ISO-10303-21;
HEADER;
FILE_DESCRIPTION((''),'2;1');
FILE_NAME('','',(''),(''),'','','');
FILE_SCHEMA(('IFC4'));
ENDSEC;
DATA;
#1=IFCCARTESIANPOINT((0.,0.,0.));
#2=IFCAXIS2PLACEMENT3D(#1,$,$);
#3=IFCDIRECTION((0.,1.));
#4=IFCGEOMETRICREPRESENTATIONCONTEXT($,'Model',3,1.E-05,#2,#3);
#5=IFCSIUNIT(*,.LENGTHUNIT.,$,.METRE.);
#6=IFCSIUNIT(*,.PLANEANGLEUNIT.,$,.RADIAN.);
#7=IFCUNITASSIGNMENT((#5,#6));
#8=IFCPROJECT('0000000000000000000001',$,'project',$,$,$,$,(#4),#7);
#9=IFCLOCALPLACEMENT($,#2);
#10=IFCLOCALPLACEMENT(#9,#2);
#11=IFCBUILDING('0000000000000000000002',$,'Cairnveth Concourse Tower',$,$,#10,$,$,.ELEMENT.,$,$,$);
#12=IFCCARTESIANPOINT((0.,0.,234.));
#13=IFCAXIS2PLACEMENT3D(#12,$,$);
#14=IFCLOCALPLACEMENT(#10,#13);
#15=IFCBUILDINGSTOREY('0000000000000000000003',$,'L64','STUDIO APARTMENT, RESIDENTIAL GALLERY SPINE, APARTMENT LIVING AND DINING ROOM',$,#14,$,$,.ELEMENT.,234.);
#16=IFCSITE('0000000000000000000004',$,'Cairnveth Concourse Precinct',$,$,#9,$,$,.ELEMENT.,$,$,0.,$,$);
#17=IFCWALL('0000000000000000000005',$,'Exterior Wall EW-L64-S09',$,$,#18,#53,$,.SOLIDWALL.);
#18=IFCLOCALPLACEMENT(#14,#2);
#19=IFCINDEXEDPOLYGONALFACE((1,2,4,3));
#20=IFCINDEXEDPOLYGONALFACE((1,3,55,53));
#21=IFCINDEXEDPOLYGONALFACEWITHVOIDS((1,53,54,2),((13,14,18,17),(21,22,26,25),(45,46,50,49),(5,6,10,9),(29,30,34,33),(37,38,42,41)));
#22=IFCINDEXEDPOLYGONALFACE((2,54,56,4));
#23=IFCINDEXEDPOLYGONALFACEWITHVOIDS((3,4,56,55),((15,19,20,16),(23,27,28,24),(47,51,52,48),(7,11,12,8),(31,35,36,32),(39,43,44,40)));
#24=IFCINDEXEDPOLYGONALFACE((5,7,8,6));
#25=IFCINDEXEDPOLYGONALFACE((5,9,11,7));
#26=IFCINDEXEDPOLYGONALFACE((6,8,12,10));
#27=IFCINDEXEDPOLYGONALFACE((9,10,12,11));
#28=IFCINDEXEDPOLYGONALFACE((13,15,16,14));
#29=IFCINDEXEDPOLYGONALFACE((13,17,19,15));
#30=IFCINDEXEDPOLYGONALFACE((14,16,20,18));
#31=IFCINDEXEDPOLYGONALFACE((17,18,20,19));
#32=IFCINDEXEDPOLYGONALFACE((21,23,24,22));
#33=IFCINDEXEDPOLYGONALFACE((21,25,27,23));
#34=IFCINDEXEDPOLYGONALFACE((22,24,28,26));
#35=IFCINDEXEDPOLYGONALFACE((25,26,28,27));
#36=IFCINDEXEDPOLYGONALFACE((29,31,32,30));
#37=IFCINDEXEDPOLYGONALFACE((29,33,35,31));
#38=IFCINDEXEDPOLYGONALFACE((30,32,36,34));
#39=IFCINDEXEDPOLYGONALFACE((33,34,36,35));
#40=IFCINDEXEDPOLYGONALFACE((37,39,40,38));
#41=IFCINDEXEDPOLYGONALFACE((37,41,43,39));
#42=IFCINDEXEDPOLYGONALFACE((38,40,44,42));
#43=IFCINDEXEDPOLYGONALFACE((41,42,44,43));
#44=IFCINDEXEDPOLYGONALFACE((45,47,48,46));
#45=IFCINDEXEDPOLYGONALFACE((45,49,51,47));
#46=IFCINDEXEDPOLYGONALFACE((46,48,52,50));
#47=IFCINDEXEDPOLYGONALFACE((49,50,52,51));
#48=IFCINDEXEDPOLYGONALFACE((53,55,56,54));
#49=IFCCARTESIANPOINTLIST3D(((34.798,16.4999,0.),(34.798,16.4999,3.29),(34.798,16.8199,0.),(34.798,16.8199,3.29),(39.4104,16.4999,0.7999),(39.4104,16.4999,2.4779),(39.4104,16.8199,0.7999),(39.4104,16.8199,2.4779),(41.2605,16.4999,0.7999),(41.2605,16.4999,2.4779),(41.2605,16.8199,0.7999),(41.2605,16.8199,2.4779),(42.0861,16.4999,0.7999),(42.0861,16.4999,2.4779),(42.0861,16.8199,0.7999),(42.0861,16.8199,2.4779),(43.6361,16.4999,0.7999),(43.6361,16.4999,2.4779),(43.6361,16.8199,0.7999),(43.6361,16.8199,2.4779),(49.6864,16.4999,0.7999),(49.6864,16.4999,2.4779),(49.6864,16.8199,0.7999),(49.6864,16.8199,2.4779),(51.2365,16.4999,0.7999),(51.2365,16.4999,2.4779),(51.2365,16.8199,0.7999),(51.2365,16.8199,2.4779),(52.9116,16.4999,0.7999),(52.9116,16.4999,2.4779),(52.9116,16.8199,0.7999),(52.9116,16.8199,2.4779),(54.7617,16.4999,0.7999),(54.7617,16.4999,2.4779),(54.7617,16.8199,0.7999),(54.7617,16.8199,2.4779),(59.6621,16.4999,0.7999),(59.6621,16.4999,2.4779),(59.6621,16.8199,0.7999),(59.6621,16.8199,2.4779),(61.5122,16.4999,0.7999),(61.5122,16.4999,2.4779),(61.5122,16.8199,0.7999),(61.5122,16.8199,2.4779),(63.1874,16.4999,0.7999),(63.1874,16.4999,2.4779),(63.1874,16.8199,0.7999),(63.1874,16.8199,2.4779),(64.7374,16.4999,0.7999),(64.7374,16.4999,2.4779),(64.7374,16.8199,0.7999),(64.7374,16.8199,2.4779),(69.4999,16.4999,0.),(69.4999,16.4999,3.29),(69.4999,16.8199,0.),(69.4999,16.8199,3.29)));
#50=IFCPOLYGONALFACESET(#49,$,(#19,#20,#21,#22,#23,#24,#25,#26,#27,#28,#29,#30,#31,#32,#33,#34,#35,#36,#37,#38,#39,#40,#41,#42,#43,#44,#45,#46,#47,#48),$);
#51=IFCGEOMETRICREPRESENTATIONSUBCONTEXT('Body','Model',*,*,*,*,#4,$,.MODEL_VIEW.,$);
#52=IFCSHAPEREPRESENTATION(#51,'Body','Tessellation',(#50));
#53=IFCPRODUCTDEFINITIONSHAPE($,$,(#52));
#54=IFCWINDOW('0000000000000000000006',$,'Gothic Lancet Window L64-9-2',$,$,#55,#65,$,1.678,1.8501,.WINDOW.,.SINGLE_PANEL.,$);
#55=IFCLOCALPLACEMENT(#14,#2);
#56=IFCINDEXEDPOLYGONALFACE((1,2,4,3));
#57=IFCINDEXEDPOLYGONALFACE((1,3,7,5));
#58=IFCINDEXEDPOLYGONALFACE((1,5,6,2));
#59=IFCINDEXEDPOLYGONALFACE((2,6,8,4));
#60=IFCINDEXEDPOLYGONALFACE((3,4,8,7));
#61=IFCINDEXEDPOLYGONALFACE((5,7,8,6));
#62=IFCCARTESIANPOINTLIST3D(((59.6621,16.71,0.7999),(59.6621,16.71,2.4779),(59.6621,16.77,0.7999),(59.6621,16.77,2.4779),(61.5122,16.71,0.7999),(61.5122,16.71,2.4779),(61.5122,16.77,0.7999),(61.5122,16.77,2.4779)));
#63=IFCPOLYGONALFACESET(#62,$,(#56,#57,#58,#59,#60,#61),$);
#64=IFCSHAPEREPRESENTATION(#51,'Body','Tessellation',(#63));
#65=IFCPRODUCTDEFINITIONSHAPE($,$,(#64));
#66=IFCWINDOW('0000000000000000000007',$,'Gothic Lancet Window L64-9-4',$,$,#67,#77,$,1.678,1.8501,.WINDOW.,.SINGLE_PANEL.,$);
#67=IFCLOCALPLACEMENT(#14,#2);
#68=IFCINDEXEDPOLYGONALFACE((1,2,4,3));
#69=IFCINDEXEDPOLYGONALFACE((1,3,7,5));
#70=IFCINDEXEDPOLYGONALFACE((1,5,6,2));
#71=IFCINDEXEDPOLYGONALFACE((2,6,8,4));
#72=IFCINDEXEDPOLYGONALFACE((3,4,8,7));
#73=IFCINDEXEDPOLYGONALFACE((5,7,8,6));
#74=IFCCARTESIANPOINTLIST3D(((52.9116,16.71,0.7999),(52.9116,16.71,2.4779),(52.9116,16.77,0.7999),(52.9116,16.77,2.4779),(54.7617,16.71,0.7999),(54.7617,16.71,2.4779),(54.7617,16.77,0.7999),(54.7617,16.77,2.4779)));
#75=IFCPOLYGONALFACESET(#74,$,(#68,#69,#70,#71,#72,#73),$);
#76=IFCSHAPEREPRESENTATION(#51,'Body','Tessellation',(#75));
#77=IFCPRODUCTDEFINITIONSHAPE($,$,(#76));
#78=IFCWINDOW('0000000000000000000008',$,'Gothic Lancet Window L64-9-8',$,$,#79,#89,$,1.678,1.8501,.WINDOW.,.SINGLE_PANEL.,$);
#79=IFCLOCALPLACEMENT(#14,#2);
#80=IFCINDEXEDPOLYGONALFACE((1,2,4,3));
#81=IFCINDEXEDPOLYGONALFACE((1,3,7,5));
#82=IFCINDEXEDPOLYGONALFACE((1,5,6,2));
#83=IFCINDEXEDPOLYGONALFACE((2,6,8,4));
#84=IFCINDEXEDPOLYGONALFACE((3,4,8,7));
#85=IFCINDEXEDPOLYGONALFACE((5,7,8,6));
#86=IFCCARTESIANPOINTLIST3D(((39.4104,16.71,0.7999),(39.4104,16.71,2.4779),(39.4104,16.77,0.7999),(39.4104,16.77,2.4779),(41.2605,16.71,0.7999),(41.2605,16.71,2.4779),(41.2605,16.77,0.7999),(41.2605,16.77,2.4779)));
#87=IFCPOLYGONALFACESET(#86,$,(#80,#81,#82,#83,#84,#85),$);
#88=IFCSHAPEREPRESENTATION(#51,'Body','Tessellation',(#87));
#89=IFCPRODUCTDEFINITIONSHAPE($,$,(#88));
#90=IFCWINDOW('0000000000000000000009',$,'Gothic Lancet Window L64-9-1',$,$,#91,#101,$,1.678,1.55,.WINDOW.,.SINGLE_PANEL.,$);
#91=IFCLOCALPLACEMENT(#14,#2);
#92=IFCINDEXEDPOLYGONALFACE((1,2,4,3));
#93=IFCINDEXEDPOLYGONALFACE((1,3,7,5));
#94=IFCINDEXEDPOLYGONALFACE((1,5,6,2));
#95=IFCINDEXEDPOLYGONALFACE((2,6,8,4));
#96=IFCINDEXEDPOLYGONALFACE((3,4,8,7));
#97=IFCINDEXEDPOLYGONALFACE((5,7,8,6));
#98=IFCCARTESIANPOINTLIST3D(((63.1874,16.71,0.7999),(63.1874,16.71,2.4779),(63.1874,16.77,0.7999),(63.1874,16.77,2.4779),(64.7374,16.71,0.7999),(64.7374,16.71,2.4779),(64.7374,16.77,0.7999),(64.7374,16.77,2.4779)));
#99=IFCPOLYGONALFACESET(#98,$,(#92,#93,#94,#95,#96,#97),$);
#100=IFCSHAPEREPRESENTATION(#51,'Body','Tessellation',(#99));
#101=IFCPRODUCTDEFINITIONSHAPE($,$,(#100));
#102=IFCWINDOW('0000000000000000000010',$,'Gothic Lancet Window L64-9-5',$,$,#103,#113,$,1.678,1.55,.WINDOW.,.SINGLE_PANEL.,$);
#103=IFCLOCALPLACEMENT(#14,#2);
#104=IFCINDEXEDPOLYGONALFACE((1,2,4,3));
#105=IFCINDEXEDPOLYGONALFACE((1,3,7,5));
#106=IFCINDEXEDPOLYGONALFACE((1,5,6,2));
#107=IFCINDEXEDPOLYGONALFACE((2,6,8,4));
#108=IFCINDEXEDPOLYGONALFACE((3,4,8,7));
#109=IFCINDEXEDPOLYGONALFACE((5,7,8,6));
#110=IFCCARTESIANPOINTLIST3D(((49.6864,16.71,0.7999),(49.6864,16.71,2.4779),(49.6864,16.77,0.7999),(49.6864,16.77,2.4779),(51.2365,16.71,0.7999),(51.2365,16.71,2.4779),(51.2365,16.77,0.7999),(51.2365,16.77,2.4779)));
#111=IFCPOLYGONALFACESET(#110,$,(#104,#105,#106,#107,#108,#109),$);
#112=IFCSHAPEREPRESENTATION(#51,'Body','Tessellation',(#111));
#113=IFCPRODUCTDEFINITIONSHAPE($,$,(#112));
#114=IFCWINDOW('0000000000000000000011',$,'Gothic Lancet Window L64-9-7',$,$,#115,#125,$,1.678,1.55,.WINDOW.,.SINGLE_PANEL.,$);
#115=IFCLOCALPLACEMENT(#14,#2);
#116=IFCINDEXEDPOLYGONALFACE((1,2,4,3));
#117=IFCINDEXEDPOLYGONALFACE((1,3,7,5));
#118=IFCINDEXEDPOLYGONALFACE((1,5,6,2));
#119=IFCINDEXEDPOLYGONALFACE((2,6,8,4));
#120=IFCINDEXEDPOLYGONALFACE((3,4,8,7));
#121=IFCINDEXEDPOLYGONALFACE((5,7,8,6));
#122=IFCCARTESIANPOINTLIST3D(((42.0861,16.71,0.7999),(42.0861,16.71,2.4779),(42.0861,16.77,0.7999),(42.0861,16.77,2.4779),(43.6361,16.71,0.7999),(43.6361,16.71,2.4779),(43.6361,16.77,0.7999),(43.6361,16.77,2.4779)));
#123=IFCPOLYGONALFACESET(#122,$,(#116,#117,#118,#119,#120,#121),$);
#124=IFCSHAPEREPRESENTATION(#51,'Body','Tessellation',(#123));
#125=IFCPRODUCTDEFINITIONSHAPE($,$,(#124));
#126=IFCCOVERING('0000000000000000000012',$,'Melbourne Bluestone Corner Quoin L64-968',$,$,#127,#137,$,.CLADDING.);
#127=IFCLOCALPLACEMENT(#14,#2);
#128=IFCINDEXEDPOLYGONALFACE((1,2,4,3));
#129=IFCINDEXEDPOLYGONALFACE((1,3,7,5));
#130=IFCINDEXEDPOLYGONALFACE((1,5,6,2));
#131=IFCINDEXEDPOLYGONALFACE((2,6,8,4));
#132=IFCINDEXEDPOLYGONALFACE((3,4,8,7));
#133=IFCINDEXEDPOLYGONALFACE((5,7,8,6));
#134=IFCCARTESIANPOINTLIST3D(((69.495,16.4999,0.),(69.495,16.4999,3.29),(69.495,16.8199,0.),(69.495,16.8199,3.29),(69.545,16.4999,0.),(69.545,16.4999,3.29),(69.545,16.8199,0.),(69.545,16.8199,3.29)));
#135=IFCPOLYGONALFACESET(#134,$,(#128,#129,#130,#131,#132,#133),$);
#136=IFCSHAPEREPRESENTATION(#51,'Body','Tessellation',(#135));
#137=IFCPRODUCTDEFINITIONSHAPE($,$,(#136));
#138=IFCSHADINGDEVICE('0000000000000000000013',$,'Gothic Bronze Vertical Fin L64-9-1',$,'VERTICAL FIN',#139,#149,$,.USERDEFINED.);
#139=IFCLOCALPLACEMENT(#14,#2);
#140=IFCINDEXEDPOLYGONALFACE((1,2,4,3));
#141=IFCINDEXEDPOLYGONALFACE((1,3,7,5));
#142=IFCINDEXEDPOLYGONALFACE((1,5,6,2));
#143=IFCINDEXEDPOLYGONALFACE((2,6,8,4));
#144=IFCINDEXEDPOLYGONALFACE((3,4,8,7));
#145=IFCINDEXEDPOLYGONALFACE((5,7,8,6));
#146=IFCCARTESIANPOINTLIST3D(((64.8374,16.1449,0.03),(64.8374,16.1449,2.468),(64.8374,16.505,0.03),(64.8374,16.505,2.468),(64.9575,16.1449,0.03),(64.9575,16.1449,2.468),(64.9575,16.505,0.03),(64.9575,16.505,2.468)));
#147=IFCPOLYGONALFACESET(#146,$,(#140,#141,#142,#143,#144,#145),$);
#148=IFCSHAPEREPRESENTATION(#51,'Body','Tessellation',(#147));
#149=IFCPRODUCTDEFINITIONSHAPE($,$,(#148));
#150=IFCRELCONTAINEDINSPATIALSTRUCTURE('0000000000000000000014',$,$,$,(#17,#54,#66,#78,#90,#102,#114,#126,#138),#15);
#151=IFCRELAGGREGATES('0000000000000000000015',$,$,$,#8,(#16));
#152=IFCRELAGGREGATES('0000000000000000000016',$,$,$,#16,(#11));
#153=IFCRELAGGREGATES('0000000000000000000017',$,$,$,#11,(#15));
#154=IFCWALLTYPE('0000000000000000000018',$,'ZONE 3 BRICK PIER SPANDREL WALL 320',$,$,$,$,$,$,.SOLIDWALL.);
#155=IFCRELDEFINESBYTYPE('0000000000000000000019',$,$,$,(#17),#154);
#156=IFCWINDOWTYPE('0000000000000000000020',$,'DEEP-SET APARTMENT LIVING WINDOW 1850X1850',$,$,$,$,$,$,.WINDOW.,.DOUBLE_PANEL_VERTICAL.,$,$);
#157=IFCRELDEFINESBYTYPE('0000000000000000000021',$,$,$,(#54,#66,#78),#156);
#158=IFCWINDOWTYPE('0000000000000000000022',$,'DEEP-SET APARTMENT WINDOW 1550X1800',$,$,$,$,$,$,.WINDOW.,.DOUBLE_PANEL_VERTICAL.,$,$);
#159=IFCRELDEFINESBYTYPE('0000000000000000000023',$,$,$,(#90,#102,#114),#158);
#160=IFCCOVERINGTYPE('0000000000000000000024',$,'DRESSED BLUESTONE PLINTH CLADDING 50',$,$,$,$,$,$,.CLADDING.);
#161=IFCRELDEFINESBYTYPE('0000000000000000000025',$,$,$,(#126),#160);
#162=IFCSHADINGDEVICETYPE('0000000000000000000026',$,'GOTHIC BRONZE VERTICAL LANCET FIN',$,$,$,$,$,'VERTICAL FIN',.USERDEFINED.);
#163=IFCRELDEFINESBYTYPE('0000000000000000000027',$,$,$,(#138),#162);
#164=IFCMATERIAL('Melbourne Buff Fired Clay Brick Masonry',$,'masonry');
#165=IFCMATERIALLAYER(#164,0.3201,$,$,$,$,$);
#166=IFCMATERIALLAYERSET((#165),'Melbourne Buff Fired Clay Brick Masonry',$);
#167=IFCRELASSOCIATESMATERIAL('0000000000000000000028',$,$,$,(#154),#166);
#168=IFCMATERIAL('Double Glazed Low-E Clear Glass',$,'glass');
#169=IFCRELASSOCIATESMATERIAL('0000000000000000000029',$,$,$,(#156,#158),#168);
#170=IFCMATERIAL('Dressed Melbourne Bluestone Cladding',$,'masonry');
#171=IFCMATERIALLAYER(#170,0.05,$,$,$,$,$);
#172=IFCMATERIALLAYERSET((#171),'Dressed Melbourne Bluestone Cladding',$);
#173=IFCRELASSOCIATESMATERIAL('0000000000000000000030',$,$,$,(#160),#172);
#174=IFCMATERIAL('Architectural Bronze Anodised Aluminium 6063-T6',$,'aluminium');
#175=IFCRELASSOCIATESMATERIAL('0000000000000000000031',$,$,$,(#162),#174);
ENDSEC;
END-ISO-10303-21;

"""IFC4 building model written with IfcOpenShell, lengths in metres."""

from ifc_helpers import new_model, si_unit, direction, frame, frame_2d, origin, origin_2d, place, context, subcontext, project, spatial, rectangle, extrude, material, layer, layer_set, type_object, element, fill, save


model = new_model("IFC4")

# Units and contexts
model_context = context("Model", 3, precision=1e-05, world=origin(), true_north=direction((0.0, 1.0)))
body_context = subcontext(model_context, "Body", "Model", "MODEL_VIEW")
ifc_project = project(units=[si_unit("LENGTHUNIT", "METRE"), si_unit("PLANEANGLEUNIT", "RADIAN")], contexts=[model_context])

# Site, building, storey
site_placement = place(None, origin())
site = spatial("IfcSite", under=ifc_project, at=site_placement, Name="Cairnveth Concourse Precinct", CompositionType="ELEMENT", RefElevation=0.0)
building_placement = place(site_placement, origin())
building = spatial("IfcBuilding", under=site, at=building_placement, Name="Cairnveth Concourse Tower", CompositionType="ELEMENT")
storey_placement = place(building_placement, frame((0.0, 0.0, 234.0)))
storey = spatial("IfcBuildingStorey", under=building, at=storey_placement, Name="L64", Description="STUDIO APARTMENT, RESIDENTIAL GALLERY SPINE, APARTMENT LIVING AND DINING ROOM", CompositionType="ELEMENT", Elevation=234.0)

# Shared definitions
ifc_material_1 = material(Name="Melbourne Buff Fired Clay Brick Masonry", Category="masonry")
ifc_layer_1 = layer(ifc_material_1, 0.3201)
ifc_layer_set_1 = layer_set([ifc_layer_1], Name="Melbourne Buff Fired Clay Brick Masonry")
wall_type_1 = type_object("IfcWallType", Name="ZONE 3 BRICK PIER SPANDREL WALL 320", PredefinedType="SOLIDWALL", material=ifc_layer_set_1)
ifc_material_2 = material(Name="Double Glazed Low-E Clear Glass", Category="glass")

# Wall, openings, windows
wall_1_placement = place(storey_placement, frame((69.5, 16.6599, 0.0), z_axis=(0.0, 0.0, 1.0), x_axis=(-1.0, 0.0, 0.0)))
wall_1 = element("IfcWall", 1, at=wall_1_placement, inside=storey, type_object=wall_type_1, Name="Exterior Wall EW-L64-S09", PredefinedType="SOLIDWALL", context=body_context, shape_type="SweptSolid", body=[
    extrude(rectangle(XDim=34.7019, YDim=0.3201, at=frame_2d((17.3511, 0.0))), origin(), (0.0, 0.0, 1.0), 3.29),
])
opening_1_placement = place(wall_1_placement, frame((4.7627, 0.0, 0.8)))
opening_1 = element("IfcOpeningElement", 2, at=opening_1_placement, cuts=wall_1, PredefinedType="OPENING", context=body_context, shape_type="SweptSolid", body=[
    extrude(rectangle(XDim=1.55, YDim=1.678, at=frame_2d((0.7749, 0.8389))), frame((0.0, 0.1699, 0.0), z_axis=(0.0, -1.0, 0.0), x_axis=(1.0, 0.0, 0.0)), (0.0, 0.0, 1.0), 0.3401),
])
opening_2_placement = place(wall_1_placement, frame((7.9878, 0.0, 0.8)))
opening_2 = element("IfcOpeningElement", 3, at=opening_2_placement, cuts=wall_1, PredefinedType="OPENING", context=body_context, shape_type="SweptSolid", body=[
    extrude(rectangle(XDim=1.8501, YDim=1.678, at=frame_2d((0.925, 0.8389))), frame((0.0, 0.1699, 0.0), z_axis=(0.0, -1.0, 0.0), x_axis=(1.0, 0.0, 0.0)), (0.0, 0.0, 1.0), 0.3401),
])
opening_3_placement = place(wall_1_placement, frame((14.7383, 0.0, 0.8)))
opening_3 = element("IfcOpeningElement", 4, at=opening_3_placement, cuts=wall_1, PredefinedType="OPENING", context=body_context, shape_type="SweptSolid", body=[
    extrude(rectangle(XDim=1.8501, YDim=1.678, at=frame_2d((0.925, 0.8389))), frame((0.0, 0.1699, 0.0), z_axis=(0.0, -1.0, 0.0), x_axis=(1.0, 0.0, 0.0)), (0.0, 0.0, 1.0), 0.3401),
])
opening_4_placement = place(wall_1_placement, frame((18.2637, 0.0, 0.8)))
opening_4 = element("IfcOpeningElement", 5, at=opening_4_placement, cuts=wall_1, PredefinedType="OPENING", context=body_context, shape_type="SweptSolid", body=[
    extrude(rectangle(XDim=1.55, YDim=1.678, at=frame_2d((0.7749, 0.8389))), frame((0.0, 0.1699, 0.0), z_axis=(0.0, -1.0, 0.0), x_axis=(1.0, 0.0, 0.0)), (0.0, 0.0, 1.0), 0.3401),
])
opening_5_placement = place(wall_1_placement, frame((25.864, 0.0, 0.8)))
opening_5 = element("IfcOpeningElement", 6, at=opening_5_placement, cuts=wall_1, PredefinedType="OPENING", context=body_context, shape_type="SweptSolid", body=[
    extrude(rectangle(XDim=1.55, YDim=1.678, at=frame_2d((0.7749, 0.8389))), frame((0.0, 0.1699, 0.0), z_axis=(0.0, -1.0, 0.0), x_axis=(1.0, 0.0, 0.0)), (0.0, 0.0, 1.0), 0.3401),
])
opening_6_placement = place(wall_1_placement, frame((28.2395, 0.0, 0.8)))
opening_6 = element("IfcOpeningElement", 7, at=opening_6_placement, cuts=wall_1, PredefinedType="OPENING", context=body_context, shape_type="SweptSolid", body=[
    extrude(rectangle(XDim=1.8501, YDim=1.678, at=frame_2d((0.925, 0.8389))), frame((0.0, 0.1699, 0.0), z_axis=(0.0, -1.0, 0.0), x_axis=(1.0, 0.0, 0.0)), (0.0, 0.0, 1.0), 0.3401),
])
window_type_1 = type_object("IfcWindowType", Name="DEEP-SET APARTMENT LIVING WINDOW 1850X1850", PartitioningType="DOUBLE_PANEL_VERTICAL", PredefinedType="WINDOW", material=ifc_material_2)
window_1_placement = place(opening_2_placement, origin())
window_1 = element("IfcWindow", 8, at=window_1_placement, inside=storey, type_object=window_type_1, Name="Gothic Lancet Window L64-9-2", OverallHeight=1.678, OverallWidth=1.8501, PartitioningType="SINGLE_PANEL", PredefinedType="WINDOW", context=body_context, shape_type="SweptSolid", body=[
    extrude(rectangle(XDim=1.8501, YDim=1.678, at=frame_2d((0.925, 0.8389))), frame((0.0, -0.05, 0.0), z_axis=(0.0, -1.0, 0.0), x_axis=(1.0, 0.0, 0.0)), (0.0, 0.0, 1.0), 0.0601),
])
fill(opening_2, window_1)
window_2_placement = place(opening_3_placement, origin())
window_2 = element("IfcWindow", 9, at=window_2_placement, inside=storey, type_object=window_type_1, Name="Gothic Lancet Window L64-9-4", OverallHeight=1.678, OverallWidth=1.8501, PartitioningType="SINGLE_PANEL", PredefinedType="WINDOW", context=body_context, shape_type="SweptSolid", body=[
    extrude(rectangle(XDim=1.8501, YDim=1.678, at=frame_2d((0.925, 0.8389))), frame((0.0, -0.05, 0.0), z_axis=(0.0, -1.0, 0.0), x_axis=(1.0, 0.0, 0.0)), (0.0, 0.0, 1.0), 0.0601),
])
fill(opening_3, window_2)
window_3_placement = place(opening_6_placement, origin())
window_3 = element("IfcWindow", 10, at=window_3_placement, inside=storey, type_object=window_type_1, Name="Gothic Lancet Window L64-9-8", OverallHeight=1.678, OverallWidth=1.8501, PartitioningType="SINGLE_PANEL", PredefinedType="WINDOW", context=body_context, shape_type="SweptSolid", body=[
    extrude(rectangle(XDim=1.8501, YDim=1.678, at=frame_2d((0.925, 0.8389))), frame((0.0, -0.05, 0.0), z_axis=(0.0, -1.0, 0.0), x_axis=(1.0, 0.0, 0.0)), (0.0, 0.0, 1.0), 0.0601),
])
fill(opening_6, window_3)
window_type_2 = type_object("IfcWindowType", Name="DEEP-SET APARTMENT WINDOW 1550X1800", PartitioningType="DOUBLE_PANEL_VERTICAL", PredefinedType="WINDOW", material=ifc_material_2)
window_4_placement = place(opening_1_placement, origin())
window_4 = element("IfcWindow", 11, at=window_4_placement, inside=storey, type_object=window_type_2, Name="Gothic Lancet Window L64-9-1", OverallHeight=1.678, OverallWidth=1.55, PartitioningType="SINGLE_PANEL", PredefinedType="WINDOW", context=body_context, shape_type="SweptSolid", body=[
    extrude(rectangle(XDim=1.55, YDim=1.678, at=frame_2d((0.7749, 0.8389))), frame((0.0, -0.05, 0.0), z_axis=(0.0, -1.0, 0.0), x_axis=(1.0, 0.0, 0.0)), (0.0, 0.0, 1.0), 0.0601),
])
fill(opening_1, window_4)
window_5_placement = place(opening_4_placement, origin())
window_5 = element("IfcWindow", 12, at=window_5_placement, inside=storey, type_object=window_type_2, Name="Gothic Lancet Window L64-9-5", OverallHeight=1.678, OverallWidth=1.55, PartitioningType="SINGLE_PANEL", PredefinedType="WINDOW", context=body_context, shape_type="SweptSolid", body=[
    extrude(rectangle(XDim=1.55, YDim=1.678, at=frame_2d((0.7749, 0.8389))), frame((0.0, -0.05, 0.0), z_axis=(0.0, -1.0, 0.0), x_axis=(1.0, 0.0, 0.0)), (0.0, 0.0, 1.0), 0.0601),
])
fill(opening_4, window_5)
window_6_placement = place(opening_5_placement, origin())
window_6 = element("IfcWindow", 13, at=window_6_placement, inside=storey, type_object=window_type_2, Name="Gothic Lancet Window L64-9-7", OverallHeight=1.678, OverallWidth=1.55, PartitioningType="SINGLE_PANEL", PredefinedType="WINDOW", context=body_context, shape_type="SweptSolid", body=[
    extrude(rectangle(XDim=1.55, YDim=1.678, at=frame_2d((0.7749, 0.8389))), frame((0.0, -0.05, 0.0), z_axis=(0.0, -1.0, 0.0), x_axis=(1.0, 0.0, 0.0)), (0.0, 0.0, 1.0), 0.0601),
])
fill(opening_5, window_6)

# Covering
ifc_material_3 = material(Name="Dressed Melbourne Bluestone Cladding", Category="masonry")
ifc_layer_2 = layer(ifc_material_3, 0.05)
ifc_layer_set_2 = layer_set([ifc_layer_2], Name="Dressed Melbourne Bluestone Cladding")
covering_type = type_object("IfcCoveringType", Name="DRESSED BLUESTONE PLINTH CLADDING 50", PredefinedType="CLADDING", material=ifc_layer_set_2)
covering_placement = place(storey_placement, frame((69.52, 16.8201, 0.0), z_axis=(0.0, 0.0, 1.0), x_axis=(0.0, -1.0, 0.0)))
element("IfcCovering", 14, at=covering_placement, inside=storey, type_object=covering_type, Name="Melbourne Bluestone Corner Quoin L64-968", PredefinedType="CLADDING", context=body_context, shape_type="SweptSolid", body=[
    extrude(rectangle(XDim=0.3201, YDim=0.05, at=frame_2d((0.1602, 0.0))), origin(), (0.0, 0.0, 1.0), 3.29),
])

# Shading device
ifc_material_4 = material(Name="Architectural Bronze Anodised Aluminium 6063-T6", Category="aluminium")
shading_device_type = type_object("IfcShadingDeviceType", Name="GOTHIC BRONZE VERTICAL LANCET FIN", ElementType="VERTICAL FIN", PredefinedType="USERDEFINED", material=ifc_material_4)
shading_device_placement = place(storey_placement, frame((64.8975, 16.325, 0.03), z_axis=(0.0, 0.0, 1.0), x_axis=(1.0, 0.0, 0.0)))
element("IfcShadingDevice", 15, at=shading_device_placement, inside=storey, type_object=shading_device_type, Name="Gothic Bronze Vertical Fin L64-9-1", ObjectType="VERTICAL FIN", PredefinedType="USERDEFINED", context=body_context, shape_type="SweptSolid", body=[
    extrude(rectangle(XDim=0.1201, YDim=0.3601, at=origin_2d()), origin(), (0.0, 0.0, 1.0), 2.438),
])

save(model, "model.ifc")
